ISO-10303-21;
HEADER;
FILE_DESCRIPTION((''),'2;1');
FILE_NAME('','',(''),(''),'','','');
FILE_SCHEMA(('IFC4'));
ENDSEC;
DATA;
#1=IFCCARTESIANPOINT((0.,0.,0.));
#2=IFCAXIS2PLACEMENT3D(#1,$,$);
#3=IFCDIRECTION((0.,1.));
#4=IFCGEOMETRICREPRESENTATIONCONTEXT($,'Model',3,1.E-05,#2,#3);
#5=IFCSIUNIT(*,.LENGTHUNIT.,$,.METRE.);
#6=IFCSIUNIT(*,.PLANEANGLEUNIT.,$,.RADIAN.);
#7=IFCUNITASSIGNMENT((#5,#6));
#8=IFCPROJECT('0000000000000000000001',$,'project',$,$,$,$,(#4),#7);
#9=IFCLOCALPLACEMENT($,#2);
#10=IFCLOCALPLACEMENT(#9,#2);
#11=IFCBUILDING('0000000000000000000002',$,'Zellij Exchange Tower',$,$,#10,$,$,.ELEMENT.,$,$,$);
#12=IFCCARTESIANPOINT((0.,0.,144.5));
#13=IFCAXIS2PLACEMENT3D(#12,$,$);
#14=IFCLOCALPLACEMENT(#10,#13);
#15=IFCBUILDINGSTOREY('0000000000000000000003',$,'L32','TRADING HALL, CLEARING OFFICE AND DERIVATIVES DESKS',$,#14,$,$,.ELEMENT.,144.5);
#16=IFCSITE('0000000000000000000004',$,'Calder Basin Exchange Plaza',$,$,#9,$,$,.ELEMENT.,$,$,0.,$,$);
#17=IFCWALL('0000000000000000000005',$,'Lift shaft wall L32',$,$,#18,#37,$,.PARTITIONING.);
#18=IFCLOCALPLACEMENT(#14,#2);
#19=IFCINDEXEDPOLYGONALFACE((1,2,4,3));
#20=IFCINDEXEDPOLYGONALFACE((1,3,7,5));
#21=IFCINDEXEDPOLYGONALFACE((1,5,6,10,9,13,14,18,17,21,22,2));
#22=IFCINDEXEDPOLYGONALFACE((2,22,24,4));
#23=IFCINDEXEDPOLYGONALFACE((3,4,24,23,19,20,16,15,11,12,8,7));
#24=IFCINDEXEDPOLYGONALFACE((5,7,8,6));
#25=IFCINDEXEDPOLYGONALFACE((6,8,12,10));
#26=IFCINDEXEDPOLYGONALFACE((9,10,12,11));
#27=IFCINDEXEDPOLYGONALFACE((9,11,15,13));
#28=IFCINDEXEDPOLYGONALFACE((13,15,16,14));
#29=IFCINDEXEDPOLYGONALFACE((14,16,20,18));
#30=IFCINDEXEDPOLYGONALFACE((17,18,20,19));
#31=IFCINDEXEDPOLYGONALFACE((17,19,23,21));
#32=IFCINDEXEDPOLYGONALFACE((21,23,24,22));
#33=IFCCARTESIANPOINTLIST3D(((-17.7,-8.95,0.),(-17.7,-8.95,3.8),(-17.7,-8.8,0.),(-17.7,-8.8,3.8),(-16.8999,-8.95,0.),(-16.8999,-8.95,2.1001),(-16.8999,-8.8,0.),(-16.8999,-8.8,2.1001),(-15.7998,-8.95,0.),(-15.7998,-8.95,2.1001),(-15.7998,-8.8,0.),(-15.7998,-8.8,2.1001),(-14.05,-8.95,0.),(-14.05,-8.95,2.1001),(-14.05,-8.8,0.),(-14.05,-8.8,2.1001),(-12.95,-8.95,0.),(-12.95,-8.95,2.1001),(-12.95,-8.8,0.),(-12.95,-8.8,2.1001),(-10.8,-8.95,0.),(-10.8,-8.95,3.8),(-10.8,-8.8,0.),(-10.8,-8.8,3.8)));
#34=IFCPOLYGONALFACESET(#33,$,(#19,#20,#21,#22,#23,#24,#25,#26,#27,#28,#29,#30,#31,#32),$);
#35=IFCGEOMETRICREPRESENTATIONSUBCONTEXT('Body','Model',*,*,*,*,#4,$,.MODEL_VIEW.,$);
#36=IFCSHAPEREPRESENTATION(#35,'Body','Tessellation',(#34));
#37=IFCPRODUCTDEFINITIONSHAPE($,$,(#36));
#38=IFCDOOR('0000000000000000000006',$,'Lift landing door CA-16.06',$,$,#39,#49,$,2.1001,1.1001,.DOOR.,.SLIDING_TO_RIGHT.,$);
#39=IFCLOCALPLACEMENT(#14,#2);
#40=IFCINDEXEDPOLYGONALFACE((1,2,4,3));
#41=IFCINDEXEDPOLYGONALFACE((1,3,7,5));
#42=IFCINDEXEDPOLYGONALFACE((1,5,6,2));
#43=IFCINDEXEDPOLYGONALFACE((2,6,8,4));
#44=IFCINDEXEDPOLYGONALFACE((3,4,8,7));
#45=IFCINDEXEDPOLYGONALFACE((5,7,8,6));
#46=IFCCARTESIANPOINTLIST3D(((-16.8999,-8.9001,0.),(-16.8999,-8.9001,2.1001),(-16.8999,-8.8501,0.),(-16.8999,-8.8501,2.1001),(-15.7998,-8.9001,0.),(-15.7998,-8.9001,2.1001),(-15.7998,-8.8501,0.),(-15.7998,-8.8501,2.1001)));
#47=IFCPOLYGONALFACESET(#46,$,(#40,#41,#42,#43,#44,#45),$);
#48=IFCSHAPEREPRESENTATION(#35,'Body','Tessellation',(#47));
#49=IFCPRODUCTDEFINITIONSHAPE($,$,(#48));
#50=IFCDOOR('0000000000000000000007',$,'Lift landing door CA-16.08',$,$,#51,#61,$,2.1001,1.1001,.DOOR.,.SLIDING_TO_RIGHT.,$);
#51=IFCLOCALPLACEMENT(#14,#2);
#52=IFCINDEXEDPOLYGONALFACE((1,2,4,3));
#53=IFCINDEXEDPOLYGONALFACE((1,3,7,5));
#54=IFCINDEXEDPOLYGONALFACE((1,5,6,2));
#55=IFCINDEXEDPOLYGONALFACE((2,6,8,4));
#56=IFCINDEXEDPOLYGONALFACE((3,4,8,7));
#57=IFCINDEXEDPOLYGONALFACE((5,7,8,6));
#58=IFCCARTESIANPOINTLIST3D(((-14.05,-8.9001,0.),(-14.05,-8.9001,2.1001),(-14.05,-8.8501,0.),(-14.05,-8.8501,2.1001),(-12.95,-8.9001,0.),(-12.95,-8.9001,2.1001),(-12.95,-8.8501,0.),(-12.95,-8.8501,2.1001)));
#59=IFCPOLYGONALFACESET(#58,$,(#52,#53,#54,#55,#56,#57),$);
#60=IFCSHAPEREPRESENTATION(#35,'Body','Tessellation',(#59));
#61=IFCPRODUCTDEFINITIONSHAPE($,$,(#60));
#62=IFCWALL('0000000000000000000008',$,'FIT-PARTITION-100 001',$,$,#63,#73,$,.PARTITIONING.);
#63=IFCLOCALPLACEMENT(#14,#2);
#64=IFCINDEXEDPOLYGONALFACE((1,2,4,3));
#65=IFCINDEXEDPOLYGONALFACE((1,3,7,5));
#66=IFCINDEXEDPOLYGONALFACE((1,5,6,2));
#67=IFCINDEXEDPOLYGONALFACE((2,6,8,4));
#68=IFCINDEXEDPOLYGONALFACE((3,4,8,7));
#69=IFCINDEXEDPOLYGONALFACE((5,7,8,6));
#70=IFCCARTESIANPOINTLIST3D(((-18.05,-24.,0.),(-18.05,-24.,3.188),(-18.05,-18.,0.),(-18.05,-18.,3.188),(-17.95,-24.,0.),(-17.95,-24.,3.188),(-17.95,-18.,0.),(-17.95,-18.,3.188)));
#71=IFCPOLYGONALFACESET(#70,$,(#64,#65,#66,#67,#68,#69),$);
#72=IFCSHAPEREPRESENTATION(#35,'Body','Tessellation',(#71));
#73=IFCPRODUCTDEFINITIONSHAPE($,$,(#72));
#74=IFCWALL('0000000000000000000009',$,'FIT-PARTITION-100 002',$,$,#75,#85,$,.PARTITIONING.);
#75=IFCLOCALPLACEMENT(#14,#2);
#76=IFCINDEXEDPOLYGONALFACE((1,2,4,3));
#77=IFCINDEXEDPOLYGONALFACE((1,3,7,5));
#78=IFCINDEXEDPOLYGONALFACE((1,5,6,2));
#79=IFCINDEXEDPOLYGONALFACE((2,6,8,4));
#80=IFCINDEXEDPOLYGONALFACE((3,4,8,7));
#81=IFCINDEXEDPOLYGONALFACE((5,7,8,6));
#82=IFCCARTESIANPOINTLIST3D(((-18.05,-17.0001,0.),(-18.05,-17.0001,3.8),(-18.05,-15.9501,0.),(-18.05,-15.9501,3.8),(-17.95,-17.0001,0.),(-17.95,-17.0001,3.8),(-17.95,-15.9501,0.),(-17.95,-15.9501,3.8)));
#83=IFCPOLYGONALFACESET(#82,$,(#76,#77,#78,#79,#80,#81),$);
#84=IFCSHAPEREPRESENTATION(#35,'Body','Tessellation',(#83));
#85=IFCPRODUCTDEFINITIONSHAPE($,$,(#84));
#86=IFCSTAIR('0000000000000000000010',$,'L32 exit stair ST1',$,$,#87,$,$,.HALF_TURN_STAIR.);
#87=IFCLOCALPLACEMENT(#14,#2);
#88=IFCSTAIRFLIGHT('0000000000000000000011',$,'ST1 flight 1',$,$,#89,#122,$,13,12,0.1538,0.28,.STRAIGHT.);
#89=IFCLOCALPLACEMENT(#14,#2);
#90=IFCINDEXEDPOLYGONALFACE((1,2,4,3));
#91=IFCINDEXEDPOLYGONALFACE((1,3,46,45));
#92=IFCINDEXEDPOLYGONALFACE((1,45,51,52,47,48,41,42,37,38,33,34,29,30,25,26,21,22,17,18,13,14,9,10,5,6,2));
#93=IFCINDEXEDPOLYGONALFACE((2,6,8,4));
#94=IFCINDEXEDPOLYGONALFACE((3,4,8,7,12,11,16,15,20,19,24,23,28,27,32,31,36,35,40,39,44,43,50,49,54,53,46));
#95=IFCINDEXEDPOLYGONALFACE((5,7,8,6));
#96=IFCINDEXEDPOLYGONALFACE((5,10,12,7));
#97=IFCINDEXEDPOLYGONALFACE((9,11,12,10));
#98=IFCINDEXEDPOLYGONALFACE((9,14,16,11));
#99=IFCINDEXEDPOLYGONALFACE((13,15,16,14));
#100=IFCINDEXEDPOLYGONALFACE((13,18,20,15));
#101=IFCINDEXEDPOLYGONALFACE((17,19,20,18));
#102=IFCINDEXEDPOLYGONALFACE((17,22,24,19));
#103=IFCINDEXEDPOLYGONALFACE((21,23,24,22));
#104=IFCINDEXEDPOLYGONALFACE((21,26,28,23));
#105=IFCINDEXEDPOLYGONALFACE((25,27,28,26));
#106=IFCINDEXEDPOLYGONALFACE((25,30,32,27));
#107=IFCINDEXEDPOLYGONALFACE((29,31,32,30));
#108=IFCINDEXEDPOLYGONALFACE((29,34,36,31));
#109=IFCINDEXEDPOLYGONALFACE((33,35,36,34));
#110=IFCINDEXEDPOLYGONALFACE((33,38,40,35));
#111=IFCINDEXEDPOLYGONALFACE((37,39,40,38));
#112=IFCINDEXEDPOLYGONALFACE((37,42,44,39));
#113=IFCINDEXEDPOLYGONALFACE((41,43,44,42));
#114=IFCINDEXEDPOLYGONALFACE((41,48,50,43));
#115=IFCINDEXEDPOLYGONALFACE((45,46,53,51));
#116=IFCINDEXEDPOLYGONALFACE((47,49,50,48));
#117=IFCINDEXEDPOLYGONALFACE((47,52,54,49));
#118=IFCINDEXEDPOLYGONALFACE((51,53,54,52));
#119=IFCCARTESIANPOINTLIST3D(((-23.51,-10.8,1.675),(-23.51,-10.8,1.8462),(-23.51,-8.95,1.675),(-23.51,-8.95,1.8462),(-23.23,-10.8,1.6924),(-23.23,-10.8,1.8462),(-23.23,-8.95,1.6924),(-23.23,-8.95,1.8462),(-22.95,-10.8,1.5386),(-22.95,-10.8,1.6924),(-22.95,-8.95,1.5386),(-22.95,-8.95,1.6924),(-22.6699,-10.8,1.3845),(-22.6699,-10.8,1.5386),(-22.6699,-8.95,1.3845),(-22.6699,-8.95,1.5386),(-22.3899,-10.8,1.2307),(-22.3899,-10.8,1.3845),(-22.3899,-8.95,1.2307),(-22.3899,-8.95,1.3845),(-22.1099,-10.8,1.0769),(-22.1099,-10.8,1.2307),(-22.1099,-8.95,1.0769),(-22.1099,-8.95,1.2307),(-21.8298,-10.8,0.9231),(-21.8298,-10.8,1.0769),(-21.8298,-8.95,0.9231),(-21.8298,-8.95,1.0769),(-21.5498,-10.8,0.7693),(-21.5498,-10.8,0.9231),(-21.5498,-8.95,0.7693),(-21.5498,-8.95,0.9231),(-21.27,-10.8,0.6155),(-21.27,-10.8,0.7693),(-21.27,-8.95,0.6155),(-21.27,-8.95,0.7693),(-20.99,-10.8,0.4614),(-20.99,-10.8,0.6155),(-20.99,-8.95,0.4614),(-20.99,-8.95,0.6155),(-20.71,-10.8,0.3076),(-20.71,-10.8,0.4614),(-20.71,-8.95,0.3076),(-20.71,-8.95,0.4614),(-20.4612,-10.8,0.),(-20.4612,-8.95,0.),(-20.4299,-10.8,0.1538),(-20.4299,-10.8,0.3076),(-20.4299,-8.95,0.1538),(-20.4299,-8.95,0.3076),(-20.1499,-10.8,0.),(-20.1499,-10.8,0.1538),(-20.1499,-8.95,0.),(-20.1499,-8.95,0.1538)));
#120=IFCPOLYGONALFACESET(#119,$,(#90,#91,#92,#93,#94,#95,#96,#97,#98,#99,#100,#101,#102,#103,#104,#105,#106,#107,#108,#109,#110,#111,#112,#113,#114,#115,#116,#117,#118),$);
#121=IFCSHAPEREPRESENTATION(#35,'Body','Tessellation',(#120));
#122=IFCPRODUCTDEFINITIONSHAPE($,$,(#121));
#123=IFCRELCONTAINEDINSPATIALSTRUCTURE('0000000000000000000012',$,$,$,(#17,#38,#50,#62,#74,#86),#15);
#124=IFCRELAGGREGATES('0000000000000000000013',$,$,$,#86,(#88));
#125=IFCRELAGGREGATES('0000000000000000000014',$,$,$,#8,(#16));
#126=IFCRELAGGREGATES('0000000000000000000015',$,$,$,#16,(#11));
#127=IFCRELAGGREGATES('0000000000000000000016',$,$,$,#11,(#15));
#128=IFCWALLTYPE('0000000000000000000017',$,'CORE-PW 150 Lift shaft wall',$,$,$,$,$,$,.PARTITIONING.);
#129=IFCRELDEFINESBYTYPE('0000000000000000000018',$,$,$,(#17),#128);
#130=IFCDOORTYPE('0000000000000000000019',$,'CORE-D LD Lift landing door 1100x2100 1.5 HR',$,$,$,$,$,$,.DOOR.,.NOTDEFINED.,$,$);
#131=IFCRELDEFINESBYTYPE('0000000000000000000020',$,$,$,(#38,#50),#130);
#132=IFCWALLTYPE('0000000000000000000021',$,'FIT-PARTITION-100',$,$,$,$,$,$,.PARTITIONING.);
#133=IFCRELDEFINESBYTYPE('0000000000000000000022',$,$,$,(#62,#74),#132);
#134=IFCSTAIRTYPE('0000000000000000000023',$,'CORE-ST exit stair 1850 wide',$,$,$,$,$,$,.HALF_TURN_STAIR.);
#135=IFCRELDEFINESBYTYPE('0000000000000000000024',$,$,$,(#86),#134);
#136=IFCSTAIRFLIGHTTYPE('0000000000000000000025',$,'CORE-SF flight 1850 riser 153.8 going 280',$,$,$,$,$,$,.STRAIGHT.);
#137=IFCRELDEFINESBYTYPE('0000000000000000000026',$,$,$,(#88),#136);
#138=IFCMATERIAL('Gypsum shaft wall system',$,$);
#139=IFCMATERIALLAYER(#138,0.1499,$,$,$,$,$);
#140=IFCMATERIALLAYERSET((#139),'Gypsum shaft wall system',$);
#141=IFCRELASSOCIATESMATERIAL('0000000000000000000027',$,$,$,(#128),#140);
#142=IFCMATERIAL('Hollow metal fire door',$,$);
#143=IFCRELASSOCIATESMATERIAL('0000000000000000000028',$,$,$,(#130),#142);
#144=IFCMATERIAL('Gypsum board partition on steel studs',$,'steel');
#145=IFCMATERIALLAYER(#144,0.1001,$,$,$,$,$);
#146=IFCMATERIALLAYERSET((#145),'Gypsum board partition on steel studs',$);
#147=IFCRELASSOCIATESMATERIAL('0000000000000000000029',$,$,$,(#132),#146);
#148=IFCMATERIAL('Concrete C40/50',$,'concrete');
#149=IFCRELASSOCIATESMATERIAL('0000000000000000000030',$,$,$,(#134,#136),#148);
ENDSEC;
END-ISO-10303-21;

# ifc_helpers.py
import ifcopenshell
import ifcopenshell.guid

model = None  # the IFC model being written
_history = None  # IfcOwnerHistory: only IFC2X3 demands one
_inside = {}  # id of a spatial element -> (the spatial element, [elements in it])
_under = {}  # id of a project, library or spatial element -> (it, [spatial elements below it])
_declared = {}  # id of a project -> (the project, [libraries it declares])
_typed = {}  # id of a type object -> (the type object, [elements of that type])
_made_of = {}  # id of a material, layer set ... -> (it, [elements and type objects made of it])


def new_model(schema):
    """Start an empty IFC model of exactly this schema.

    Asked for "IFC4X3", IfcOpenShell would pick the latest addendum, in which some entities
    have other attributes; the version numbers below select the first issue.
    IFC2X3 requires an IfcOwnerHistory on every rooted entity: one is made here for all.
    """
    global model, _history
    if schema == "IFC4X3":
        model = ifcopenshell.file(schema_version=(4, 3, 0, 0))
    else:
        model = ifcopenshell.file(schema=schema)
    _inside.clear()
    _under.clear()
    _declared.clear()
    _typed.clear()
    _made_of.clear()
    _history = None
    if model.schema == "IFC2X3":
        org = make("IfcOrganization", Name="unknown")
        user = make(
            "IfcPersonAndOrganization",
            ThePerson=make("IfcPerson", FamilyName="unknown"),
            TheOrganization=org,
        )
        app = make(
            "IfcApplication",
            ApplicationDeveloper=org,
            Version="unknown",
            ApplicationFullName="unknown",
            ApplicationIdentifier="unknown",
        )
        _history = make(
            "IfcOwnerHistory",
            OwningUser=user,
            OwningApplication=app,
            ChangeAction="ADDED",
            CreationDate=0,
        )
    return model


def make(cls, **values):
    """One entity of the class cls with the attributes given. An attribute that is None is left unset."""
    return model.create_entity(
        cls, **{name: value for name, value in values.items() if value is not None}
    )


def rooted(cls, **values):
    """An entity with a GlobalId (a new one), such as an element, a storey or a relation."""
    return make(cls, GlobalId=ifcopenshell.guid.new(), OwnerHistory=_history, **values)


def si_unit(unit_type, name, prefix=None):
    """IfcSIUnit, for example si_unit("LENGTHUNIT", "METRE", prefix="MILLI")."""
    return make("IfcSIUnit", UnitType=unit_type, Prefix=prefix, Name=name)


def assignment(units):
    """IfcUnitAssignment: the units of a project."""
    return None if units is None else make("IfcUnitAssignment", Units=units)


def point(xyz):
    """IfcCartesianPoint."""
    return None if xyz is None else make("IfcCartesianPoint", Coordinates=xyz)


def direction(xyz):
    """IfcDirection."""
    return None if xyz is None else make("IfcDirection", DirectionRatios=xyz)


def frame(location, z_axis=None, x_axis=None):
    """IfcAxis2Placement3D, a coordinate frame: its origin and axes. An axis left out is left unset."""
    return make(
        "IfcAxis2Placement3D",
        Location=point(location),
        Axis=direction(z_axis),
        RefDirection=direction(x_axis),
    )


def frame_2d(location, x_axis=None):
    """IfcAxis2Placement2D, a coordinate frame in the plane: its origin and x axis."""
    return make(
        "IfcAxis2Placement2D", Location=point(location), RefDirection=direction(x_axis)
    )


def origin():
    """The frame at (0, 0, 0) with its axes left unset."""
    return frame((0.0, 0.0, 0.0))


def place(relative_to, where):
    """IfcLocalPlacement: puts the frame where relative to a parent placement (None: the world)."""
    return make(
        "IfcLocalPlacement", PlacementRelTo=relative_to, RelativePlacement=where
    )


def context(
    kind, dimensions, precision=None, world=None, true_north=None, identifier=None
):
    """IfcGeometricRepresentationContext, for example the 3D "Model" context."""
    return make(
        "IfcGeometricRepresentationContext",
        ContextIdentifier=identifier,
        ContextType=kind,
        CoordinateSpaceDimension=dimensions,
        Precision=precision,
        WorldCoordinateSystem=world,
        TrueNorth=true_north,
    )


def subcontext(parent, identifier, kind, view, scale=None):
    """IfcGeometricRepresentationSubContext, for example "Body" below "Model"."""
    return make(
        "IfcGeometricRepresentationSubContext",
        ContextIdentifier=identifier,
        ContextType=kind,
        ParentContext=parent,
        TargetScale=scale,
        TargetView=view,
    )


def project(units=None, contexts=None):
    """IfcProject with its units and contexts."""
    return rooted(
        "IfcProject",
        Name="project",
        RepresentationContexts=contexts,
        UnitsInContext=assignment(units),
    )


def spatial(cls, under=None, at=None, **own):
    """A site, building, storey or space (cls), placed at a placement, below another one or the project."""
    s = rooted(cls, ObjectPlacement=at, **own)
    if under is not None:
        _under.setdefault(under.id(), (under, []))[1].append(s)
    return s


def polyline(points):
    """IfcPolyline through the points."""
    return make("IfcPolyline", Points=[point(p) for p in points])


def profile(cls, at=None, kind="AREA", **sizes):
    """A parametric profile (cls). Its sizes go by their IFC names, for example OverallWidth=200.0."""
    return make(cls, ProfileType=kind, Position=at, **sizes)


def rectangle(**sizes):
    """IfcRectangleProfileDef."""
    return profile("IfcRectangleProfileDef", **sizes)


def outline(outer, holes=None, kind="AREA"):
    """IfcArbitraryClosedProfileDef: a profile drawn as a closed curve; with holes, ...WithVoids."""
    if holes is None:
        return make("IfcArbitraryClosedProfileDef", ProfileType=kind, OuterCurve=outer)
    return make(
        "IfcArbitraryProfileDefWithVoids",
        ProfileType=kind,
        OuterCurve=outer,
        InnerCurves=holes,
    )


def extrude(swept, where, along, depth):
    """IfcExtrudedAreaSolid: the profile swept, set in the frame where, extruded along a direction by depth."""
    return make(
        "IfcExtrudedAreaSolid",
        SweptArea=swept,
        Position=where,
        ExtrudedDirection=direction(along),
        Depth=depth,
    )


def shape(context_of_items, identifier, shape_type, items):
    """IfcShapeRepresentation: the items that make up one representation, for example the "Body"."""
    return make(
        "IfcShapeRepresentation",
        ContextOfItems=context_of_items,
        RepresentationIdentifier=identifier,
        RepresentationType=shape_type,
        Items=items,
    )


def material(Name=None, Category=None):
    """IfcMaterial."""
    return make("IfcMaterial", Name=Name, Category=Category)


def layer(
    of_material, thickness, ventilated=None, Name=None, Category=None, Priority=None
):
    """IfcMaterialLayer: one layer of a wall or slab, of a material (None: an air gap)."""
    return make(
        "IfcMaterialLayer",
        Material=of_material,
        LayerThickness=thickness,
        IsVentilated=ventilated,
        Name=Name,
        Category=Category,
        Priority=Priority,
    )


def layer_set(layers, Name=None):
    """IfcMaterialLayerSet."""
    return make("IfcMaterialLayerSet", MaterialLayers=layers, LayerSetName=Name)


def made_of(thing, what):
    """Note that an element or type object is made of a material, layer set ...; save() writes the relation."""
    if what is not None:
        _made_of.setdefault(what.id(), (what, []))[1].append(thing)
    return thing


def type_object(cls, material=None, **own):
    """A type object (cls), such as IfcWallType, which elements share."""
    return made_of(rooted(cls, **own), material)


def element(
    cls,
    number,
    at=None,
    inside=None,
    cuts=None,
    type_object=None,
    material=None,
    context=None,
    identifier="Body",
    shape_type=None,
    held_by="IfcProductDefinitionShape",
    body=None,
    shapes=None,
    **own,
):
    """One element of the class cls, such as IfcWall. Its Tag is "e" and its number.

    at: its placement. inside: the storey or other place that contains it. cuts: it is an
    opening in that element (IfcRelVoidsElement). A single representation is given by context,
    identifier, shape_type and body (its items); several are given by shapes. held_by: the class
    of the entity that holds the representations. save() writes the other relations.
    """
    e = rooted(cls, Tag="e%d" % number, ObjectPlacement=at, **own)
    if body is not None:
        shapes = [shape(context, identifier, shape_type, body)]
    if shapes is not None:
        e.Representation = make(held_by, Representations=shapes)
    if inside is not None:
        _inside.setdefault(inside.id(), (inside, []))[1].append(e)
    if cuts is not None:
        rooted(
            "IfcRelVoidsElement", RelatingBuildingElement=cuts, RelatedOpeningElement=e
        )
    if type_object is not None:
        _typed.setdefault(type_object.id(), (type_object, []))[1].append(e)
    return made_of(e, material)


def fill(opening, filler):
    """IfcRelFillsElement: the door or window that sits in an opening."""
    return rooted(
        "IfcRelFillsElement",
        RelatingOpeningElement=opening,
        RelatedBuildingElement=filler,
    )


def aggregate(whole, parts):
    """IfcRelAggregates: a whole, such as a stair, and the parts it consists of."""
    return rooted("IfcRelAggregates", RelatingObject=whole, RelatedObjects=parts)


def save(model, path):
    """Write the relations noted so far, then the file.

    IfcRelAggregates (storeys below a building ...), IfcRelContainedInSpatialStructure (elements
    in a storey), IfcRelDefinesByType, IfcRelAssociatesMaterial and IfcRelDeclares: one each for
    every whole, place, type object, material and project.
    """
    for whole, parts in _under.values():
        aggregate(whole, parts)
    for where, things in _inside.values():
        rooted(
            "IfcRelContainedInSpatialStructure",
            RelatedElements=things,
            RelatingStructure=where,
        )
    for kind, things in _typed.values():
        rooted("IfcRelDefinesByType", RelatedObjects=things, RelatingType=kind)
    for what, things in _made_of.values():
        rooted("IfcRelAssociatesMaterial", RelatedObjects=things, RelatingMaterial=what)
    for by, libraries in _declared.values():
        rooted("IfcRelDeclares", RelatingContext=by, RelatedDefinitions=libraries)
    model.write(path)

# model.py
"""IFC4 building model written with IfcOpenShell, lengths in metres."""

from ifc_helpers import new_model, si_unit, direction, frame, frame_2d, origin, place, context, subcontext, project, spatial, polyline, rectangle, outline, extrude, material, layer, layer_set, type_object, element, fill, aggregate, save


model = new_model("IFC4")

# Units and contexts
model_context = context("Model", 3, precision=1e-05, world=origin(), true_north=direction((0.0, 1.0)))
body_context = subcontext(model_context, "Body", "Model", "MODEL_VIEW")
ifc_project = project(units=[si_unit("LENGTHUNIT", "METRE"), si_unit("PLANEANGLEUNIT", "RADIAN")], contexts=[model_context])

# Site, building, storey
site_placement = place(None, origin())
site = spatial("IfcSite", under=ifc_project, at=site_placement, Name="Calder Basin Exchange Plaza", CompositionType="ELEMENT", RefElevation=0.0)
building_placement = place(site_placement, origin())
building = spatial("IfcBuilding", under=site, at=building_placement, Name="Zellij Exchange Tower", CompositionType="ELEMENT")
storey_placement = place(building_placement, frame((0.0, 0.0, 144.5)))
storey = spatial("IfcBuildingStorey", under=building, at=storey_placement, Name="L32", Description="TRADING HALL, CLEARING OFFICE AND DERIVATIVES DESKS", CompositionType="ELEMENT", Elevation=144.5)

# Shared definitions
ifc_material_1 = material(Name="Gypsum shaft wall system")
ifc_layer_1 = layer(ifc_material_1, 0.1499)
ifc_layer_set_1 = layer_set([ifc_layer_1], Name="Gypsum shaft wall system")
wall_type_1 = type_object("IfcWallType", Name="CORE-PW 150 Lift shaft wall", PredefinedType="PARTITIONING", material=ifc_layer_set_1)

# Wall, openings, doors
wall_1_placement = place(storey_placement, frame((-17.7, -8.875, 0.0), z_axis=(0.0, 0.0, 1.0), x_axis=(1.0, 0.0, 0.0)))
wall_1 = element("IfcWall", 1, at=wall_1_placement, inside=storey, type_object=wall_type_1, Name="Lift shaft wall L32", PredefinedType="PARTITIONING", context=body_context, shape_type="SweptSolid", body=[
    extrude(rectangle(XDim=6.8999, YDim=0.1499, at=frame_2d((3.45, 0.0))), origin(), (0.0, 0.0, 1.0), 3.8),
])
opening_1_placement = place(wall_1_placement, frame((0.8, 0.0, 0.0)))
opening_1 = element("IfcOpeningElement", 2, at=opening_1_placement, cuts=wall_1, PredefinedType="OPENING", context=body_context, shape_type="SweptSolid", body=[
    extrude(rectangle(XDim=1.1001, YDim=2.1001, at=frame_2d((0.55, 1.05))), frame((0.0, 0.0869, 0.0), z_axis=(0.0, -1.0, 0.0), x_axis=(1.0, 0.0, 0.0)), (0.0, 0.0, 1.0), 0.1738),
])
opening_2_placement = place(wall_1_placement, frame((3.6499, 0.0, 0.0)))
opening_2 = element("IfcOpeningElement", 3, at=opening_2_placement, cuts=wall_1, PredefinedType="OPENING", context=body_context, shape_type="SweptSolid", body=[
    extrude(rectangle(XDim=1.1001, YDim=2.1001, at=frame_2d((0.55, 1.05))), frame((0.0, 0.0869, 0.0), z_axis=(0.0, -1.0, 0.0), x_axis=(1.0, 0.0, 0.0)), (0.0, 0.0, 1.0), 0.1738),
])
ifc_material_2 = material(Name="Hollow metal fire door")
door_type = type_object("IfcDoorType", Name="CORE-D LD Lift landing door 1100x2100 1.5 HR", OperationType="NOTDEFINED", PredefinedType="DOOR", material=ifc_material_2)
door_1_placement = place(opening_1_placement, origin())
door_1 = element("IfcDoor", 4, at=door_1_placement, inside=storey, type_object=door_type, Name="Lift landing door CA-16.06", OperationType="SLIDING_TO_RIGHT", OverallHeight=2.1001, OverallWidth=1.1001, PredefinedType="DOOR", context=body_context, shape_type="SweptSolid", body=[
    extrude(rectangle(XDim=1.1001, YDim=2.1001, at=frame_2d((0.55, 1.05))), frame((0.0, 0.0249, 0.0), z_axis=(0.0, -1.0, 0.0), x_axis=(1.0, 0.0, 0.0)), (0.0, 0.0, 1.0), 0.05),
])
fill(opening_1, door_1)
door_2_placement = place(opening_2_placement, origin())
door_2 = element("IfcDoor", 5, at=door_2_placement, inside=storey, type_object=door_type, Name="Lift landing door CA-16.08", OperationType="SLIDING_TO_RIGHT", OverallHeight=2.1001, OverallWidth=1.1001, PredefinedType="DOOR", context=body_context, shape_type="SweptSolid", body=[
    extrude(rectangle(XDim=1.1001, YDim=2.1001, at=frame_2d((0.55, 1.05))), frame((0.0, 0.0249, 0.0), z_axis=(0.0, -1.0, 0.0), x_axis=(1.0, 0.0, 0.0)), (0.0, 0.0, 1.0), 0.05),
])
fill(opening_2, door_2)

# Walls
ifc_material_3 = material(Name="Gypsum board partition on steel studs", Category="steel")
ifc_layer_2 = layer(ifc_material_3, 0.1001)
ifc_layer_set_2 = layer_set([ifc_layer_2], Name="Gypsum board partition on steel studs")
wall_type_2 = type_object("IfcWallType", Name="FIT-PARTITION-100", PredefinedType="PARTITIONING", material=ifc_layer_set_2)
wall_2_placement = place(storey_placement, frame((-18.0, -24.0, 0.0), z_axis=(0.0, 0.0, 1.0), x_axis=(0.0, 1.0, 0.0)))
element("IfcWall", 6, at=wall_2_placement, inside=storey, type_object=wall_type_2, Name="FIT-PARTITION-100 001", PredefinedType="PARTITIONING", context=body_context, shape_type="SweptSolid", body=[
    extrude(rectangle(XDim=6.0, YDim=0.1001, at=frame_2d((3.0, 0.0))), origin(), (0.0, 0.0, 1.0), 3.188),
])
wall_3_placement = place(storey_placement, frame((-18.0, -17.0, 0.0), z_axis=(0.0, 0.0, 1.0), x_axis=(0.0, 1.0, 0.0)))
element("IfcWall", 7, at=wall_3_placement, inside=storey, type_object=wall_type_2, Name="FIT-PARTITION-100 002", PredefinedType="PARTITIONING", context=body_context, shape_type="SweptSolid", body=[
    extrude(rectangle(XDim=1.05, YDim=0.1001, at=frame_2d((0.5249, 0.0))), origin(), (0.0, 0.0, 1.0), 3.8),
])

# Stair, stair flight
ifc_material_4 = material(Name="Concrete C40/50", Category="concrete")
stair_type = type_object("IfcStairType", Name="CORE-ST exit stair 1850 wide", PredefinedType="HALF_TURN_STAIR", material=ifc_material_4)
stair_placement = place(storey_placement, origin())
stair = element("IfcStair", 8, at=stair_placement, inside=storey, type_object=stair_type, Name="L32 exit stair ST1", PredefinedType="HALF_TURN_STAIR")
stair_flight_type = type_object("IfcStairFlightType", Name="CORE-SF flight 1850 riser 153.8 going 280", PredefinedType="STRAIGHT", material=ifc_material_4)
stair_flight_placement = place(storey_placement, frame((-20.1499, -9.875, 0.0), z_axis=(0.0, 0.0, 1.0), x_axis=(-1.0, 0.0, 0.0)))
stair_flight = element("IfcStairFlight", 9, at=stair_flight_placement, type_object=stair_flight_type, Name="ST1 flight 1", NumberOfRisers=13, NumberOfTreads=12, PredefinedType="STRAIGHT", RiserHeight=0.1538, TreadLength=0.28, context=body_context, shape_type="SweptSolid", body=[
    extrude(outline(polyline([(0.0, 0.0), (0.0, 0.1538), (0.28, 0.1538), (0.28, 0.3076), (0.5601, 0.3076), (0.5601, 0.4614), (0.8401, 0.4614), (0.8401, 0.6155), (1.1201, 0.6155), (1.1201, 0.7693), (1.3999, 0.7693), (1.3999, 0.9231), (1.6799, 0.9231), (1.6799, 1.0769), (1.96, 1.0769), (1.96, 1.2307), (2.24, 1.2307), (2.24, 1.3845), (2.52, 1.3845), (2.52, 1.5386), (2.8, 1.5386), (2.8, 1.6924), (3.0801, 1.6924), (3.0801, 1.8462), (3.3601, 1.8462), (3.3601, 2.0), (3.3601, 1.675), (0.3113, 0.0), (0.0, 0.0)])), frame((0.0, 0.925, 0.0), z_axis=(0.0, -1.0, 0.0), x_axis=(1.0, 0.0, 0.0)), (0.0, 0.0, 1.0), 1.8501),
])
aggregate(stair, [stair_flight])

save(model, "model.ifc")
